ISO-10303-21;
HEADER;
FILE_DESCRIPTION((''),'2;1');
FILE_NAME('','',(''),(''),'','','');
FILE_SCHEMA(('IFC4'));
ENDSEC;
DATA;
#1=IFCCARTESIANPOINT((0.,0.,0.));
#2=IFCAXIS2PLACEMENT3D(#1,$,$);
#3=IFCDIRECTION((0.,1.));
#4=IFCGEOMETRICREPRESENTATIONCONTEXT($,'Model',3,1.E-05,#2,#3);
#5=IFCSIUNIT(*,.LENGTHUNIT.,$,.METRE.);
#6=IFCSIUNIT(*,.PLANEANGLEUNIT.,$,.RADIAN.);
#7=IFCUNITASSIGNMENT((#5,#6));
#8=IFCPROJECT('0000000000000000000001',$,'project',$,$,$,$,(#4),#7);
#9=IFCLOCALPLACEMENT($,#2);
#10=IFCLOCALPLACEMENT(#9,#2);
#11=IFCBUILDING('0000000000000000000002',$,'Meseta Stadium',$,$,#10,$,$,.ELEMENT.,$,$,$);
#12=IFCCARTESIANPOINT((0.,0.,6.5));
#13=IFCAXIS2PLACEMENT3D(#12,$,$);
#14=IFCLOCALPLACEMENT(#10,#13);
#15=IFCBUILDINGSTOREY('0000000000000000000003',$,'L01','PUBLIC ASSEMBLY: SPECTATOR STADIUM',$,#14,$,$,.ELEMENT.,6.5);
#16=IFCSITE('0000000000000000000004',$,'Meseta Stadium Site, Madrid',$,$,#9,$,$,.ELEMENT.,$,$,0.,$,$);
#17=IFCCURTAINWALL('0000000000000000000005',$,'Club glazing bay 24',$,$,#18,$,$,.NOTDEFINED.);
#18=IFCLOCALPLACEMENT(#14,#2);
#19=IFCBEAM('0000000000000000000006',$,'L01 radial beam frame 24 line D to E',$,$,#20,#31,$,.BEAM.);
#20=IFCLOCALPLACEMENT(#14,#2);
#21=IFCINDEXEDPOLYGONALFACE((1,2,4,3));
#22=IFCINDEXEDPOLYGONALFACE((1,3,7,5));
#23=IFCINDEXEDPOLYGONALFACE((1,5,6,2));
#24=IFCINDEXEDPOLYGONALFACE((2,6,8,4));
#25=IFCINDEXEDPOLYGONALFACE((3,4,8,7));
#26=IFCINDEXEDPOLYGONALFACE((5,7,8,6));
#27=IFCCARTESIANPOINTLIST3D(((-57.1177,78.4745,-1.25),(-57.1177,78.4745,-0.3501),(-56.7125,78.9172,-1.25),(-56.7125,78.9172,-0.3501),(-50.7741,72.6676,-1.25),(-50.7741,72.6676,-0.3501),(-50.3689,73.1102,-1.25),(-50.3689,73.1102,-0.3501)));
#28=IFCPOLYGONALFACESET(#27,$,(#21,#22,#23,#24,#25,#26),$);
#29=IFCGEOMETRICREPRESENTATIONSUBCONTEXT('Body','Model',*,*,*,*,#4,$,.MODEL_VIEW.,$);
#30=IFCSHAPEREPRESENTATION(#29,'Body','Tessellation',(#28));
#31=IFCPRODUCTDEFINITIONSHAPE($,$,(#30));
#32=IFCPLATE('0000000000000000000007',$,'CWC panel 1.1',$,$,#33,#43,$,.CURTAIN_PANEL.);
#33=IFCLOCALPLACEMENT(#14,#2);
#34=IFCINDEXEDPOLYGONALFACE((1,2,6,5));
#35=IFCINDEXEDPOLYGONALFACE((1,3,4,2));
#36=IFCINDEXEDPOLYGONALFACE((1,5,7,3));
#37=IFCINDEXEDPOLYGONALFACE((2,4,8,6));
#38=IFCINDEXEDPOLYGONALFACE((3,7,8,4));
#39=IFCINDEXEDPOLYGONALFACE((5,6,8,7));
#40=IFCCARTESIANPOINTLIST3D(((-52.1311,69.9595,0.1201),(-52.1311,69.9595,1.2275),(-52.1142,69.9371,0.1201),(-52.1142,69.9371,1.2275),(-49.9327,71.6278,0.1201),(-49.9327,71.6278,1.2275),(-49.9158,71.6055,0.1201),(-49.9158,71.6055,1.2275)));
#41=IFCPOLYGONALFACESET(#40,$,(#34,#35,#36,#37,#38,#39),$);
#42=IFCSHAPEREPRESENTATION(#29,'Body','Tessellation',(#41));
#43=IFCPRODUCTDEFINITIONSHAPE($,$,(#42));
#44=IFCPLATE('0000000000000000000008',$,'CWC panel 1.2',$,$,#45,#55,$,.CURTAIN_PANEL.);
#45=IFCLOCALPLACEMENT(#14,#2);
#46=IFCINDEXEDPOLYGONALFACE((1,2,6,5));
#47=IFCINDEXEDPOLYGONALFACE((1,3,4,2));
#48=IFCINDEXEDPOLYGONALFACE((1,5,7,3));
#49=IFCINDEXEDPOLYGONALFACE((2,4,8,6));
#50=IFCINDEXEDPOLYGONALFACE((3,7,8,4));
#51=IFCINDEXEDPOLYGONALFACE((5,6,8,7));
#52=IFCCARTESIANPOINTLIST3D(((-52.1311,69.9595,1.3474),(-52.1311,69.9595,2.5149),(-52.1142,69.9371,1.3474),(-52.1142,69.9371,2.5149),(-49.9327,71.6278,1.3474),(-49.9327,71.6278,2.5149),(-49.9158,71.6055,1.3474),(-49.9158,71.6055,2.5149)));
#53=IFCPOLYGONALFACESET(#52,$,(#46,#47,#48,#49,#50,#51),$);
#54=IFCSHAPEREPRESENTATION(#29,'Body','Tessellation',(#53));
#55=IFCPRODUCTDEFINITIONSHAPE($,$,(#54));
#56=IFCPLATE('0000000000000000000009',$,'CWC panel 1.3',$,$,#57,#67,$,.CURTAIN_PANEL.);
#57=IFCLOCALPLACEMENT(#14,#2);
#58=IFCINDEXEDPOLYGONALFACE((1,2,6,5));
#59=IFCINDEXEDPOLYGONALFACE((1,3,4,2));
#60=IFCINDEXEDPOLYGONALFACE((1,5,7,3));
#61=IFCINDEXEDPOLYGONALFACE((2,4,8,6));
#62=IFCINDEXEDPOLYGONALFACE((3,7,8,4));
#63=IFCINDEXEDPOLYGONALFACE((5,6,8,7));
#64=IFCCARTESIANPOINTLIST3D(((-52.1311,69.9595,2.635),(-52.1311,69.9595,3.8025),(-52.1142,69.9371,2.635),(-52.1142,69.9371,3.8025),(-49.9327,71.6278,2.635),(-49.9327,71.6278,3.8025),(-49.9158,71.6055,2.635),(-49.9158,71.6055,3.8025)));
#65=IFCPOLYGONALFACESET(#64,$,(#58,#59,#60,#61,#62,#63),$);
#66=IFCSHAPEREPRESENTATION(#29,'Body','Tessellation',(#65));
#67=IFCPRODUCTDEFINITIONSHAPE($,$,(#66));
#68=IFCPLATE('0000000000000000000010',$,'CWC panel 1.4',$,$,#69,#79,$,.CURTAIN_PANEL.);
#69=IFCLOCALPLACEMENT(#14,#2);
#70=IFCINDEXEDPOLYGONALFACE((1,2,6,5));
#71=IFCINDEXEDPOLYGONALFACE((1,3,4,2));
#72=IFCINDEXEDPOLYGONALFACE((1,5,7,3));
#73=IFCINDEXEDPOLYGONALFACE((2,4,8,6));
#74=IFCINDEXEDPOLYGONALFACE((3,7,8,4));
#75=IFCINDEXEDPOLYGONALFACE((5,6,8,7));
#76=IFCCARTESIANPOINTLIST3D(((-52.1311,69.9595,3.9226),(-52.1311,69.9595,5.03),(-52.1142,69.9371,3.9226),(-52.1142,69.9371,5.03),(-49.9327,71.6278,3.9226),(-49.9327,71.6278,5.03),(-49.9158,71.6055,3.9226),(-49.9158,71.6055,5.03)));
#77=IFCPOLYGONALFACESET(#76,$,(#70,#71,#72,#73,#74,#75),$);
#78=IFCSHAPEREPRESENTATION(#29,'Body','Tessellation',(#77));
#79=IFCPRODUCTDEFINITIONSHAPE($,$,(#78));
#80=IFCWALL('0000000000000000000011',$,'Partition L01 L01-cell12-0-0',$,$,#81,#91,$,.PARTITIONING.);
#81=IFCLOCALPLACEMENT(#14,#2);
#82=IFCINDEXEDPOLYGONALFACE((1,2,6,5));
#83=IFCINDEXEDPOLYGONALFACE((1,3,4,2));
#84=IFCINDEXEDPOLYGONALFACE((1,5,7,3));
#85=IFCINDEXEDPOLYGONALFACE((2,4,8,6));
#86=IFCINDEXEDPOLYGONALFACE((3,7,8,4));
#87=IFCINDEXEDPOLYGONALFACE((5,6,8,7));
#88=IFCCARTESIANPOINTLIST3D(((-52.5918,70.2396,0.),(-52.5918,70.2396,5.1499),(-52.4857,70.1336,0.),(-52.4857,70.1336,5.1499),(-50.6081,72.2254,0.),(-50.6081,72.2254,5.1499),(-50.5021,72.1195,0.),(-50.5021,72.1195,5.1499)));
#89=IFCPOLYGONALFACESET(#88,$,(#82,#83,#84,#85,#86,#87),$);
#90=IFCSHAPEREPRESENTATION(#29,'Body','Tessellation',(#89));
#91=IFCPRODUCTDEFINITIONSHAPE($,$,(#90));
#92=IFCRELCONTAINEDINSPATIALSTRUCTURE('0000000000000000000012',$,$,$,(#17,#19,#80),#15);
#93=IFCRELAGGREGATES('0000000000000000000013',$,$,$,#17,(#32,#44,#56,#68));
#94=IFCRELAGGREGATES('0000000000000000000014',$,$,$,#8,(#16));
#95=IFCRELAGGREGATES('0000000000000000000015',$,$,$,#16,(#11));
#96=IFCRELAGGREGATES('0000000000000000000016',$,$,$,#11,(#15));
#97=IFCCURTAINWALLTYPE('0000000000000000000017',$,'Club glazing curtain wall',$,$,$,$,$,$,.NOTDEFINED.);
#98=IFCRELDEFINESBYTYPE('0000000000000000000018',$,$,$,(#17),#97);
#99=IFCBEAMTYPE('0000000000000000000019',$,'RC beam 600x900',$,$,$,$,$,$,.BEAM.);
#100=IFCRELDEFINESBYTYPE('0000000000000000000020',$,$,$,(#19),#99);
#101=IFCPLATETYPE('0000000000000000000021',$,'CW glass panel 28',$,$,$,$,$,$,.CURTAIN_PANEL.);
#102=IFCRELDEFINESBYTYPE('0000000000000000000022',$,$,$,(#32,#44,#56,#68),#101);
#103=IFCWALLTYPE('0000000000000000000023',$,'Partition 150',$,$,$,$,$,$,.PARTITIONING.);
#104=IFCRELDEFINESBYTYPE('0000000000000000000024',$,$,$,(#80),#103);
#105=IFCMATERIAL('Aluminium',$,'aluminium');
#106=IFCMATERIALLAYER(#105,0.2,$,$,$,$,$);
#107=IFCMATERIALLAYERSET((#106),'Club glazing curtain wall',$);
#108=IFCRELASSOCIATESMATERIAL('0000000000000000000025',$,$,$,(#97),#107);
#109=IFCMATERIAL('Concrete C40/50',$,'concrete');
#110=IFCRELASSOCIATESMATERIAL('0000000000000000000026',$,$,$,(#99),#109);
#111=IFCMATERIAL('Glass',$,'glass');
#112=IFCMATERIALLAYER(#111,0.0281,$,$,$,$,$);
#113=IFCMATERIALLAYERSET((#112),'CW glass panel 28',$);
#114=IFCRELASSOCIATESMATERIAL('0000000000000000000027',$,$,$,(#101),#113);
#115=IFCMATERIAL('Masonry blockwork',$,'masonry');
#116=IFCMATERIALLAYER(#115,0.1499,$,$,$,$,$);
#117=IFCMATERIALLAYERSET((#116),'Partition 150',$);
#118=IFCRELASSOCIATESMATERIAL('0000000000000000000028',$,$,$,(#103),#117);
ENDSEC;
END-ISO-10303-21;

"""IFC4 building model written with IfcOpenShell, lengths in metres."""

from ifc_helpers import new_model, si_unit, direction, frame, frame_2d, origin, origin_2d, place, context, subcontext, project, spatial, rectangle, extrude, material, layer, layer_set, material_profile, profile_set, type_object, element, aggregate, save


model = new_model("IFC4")

# Units and contexts
model_context = context("Model", 3, precision=1e-05, world=origin(), true_north=direction((0.0, 1.0)))
body_context = subcontext(model_context, "Body", "Model", "MODEL_VIEW")
ifc_project = project(units=[si_unit("LENGTHUNIT", "METRE"), si_unit("PLANEANGLEUNIT", "RADIAN")], contexts=[model_context])

# Site, building, storey
site_placement = place(None, origin())
site = spatial("IfcSite", under=ifc_project, at=site_placement, Name="Meseta Stadium Site, Madrid", CompositionType="ELEMENT", RefElevation=0.0)
building_placement = place(site_placement, origin())
building = spatial("IfcBuilding", under=site, at=building_placement, Name="Meseta Stadium", CompositionType="ELEMENT")
storey_placement = place(building_placement, frame((0.0, 0.0, 6.5)))
storey = spatial("IfcBuildingStorey", under=building, at=storey_placement, Name="L01", Description="PUBLIC ASSEMBLY: SPECTATOR STADIUM", CompositionType="ELEMENT", Elevation=6.5)

# Curtain wall
ifc_material_1 = material(Name="Aluminium", Category="aluminium")
ifc_layer_1 = layer(ifc_material_1, 0.2)
ifc_layer_set_1 = layer_set([ifc_layer_1], Name="Club glazing curtain wall")
curtain_wall_type = type_object("IfcCurtainWallType", Name="Club glazing curtain wall", PredefinedType="NOTDEFINED", material=ifc_layer_set_1)
curtain_wall_placement = place(storey_placement, origin())
curtain_wall = element("IfcCurtainWall", 1, at=curtain_wall_placement, inside=storey, type_object=curtain_wall_type, Name="Club glazing bay 24", PredefinedType="NOTDEFINED")

# Beam
ifc_material_2 = material(Name="Concrete C40/50", Category="concrete")
ifc_material_profile_1 = material_profile(ifc_material_2, rectangle(XDim=0.6001, YDim=0.8999, at=origin_2d()), Name="RC 600x900")
ifc_profile_set_1 = profile_set([ifc_material_profile_1], Name="Concrete C40/50")
beam_type = type_object("IfcBeamType", Name="RC beam 600x900", PredefinedType="BEAM", material=ifc_profile_set_1)
beam_1_placement = place(storey_placement, frame((-50.5715, 72.8889, -0.8), z_axis=(-0.737617, 0.675219, 0.0), x_axis=(-0.675219, -0.737617, 0.0)))
element("IfcBeam", 2, at=beam_1_placement, inside=storey, type_object=beam_type, Name="L01 radial beam frame 24 line D to E", PredefinedType="BEAM", context=body_context, shape_type="SweptSolid", body=[
    extrude(rectangle(XDim=0.6001, YDim=0.8999, at=origin_2d()), origin(), (0.0, 0.0, 1.0), 8.6001),
])

# Plates
ifc_material_3 = material(Name="Glass", Category="glass")
ifc_layer_2 = layer(ifc_material_3, 0.0281)
ifc_layer_set_2 = layer_set([ifc_layer_2], Name="CW glass panel 28")
plate_type = type_object("IfcPlateType", Name="CW glass panel 28", PredefinedType="CURTAIN_PANEL", material=ifc_layer_set_2)
plate_1_placement = place(storey_placement, frame((-51.0234, 70.7825, 0.1201), z_axis=(0.0, 0.0, 1.0), x_axis=(-0.79659, -0.60452, 0.0)))
plate_1 = element("IfcPlate", 3, at=plate_1_placement, type_object=plate_type, Name="CWC panel 1.1", PredefinedType="CURTAIN_PANEL", context=body_context, shape_type="SweptSolid", body=[
    extrude(rectangle(XDim=2.7598, YDim=0.0281, at=origin_2d()), origin(), (0.0, 0.0, 1.0), 1.1074),
])
plate_2_placement = place(storey_placement, frame((-51.0234, 70.7825, 1.3474), z_axis=(0.0, 0.0, 1.0), x_axis=(-0.79659, -0.60452, 0.0)))
plate_2 = element("IfcPlate", 4, at=plate_2_placement, type_object=plate_type, Name="CWC panel 1.2", PredefinedType="CURTAIN_PANEL", context=body_context, shape_type="SweptSolid", body=[
    extrude(rectangle(XDim=2.7598, YDim=0.0281, at=origin_2d()), origin(), (0.0, 0.0, 1.0), 1.1675),
])
plate_3_placement = place(storey_placement, frame((-51.0234, 70.7825, 2.635), z_axis=(0.0, 0.0, 1.0), x_axis=(-0.79659, -0.60452, 0.0)))
plate_3 = element("IfcPlate", 5, at=plate_3_placement, type_object=plate_type, Name="CWC panel 1.3", PredefinedType="CURTAIN_PANEL", context=body_context, shape_type="SweptSolid", body=[
    extrude(rectangle(XDim=2.7598, YDim=0.0281, at=origin_2d()), origin(), (0.0, 0.0, 1.0), 1.1675),
])
plate_4_placement = place(storey_placement, frame((-51.0234, 70.7825, 3.9226), z_axis=(0.0, 0.0, 1.0), x_axis=(-0.79659, -0.60452, 0.0)))
plate_4 = element("IfcPlate", 6, at=plate_4_placement, type_object=plate_type, Name="CWC panel 1.4", PredefinedType="CURTAIN_PANEL", context=body_context, shape_type="SweptSolid", body=[
    extrude(rectangle(XDim=2.7598, YDim=0.0281, at=origin_2d()), origin(), (0.0, 0.0, 1.0), 1.1074),
])
aggregate(curtain_wall, [plate_1, plate_2, plate_3, plate_4])

# Wall
ifc_material_4 = material(Name="Masonry blockwork", Category="masonry")
ifc_layer_3 = layer(ifc_material_4, 0.1499)
ifc_layer_set_3 = layer_set([ifc_layer_3], Name="Partition 150")
wall_type = type_object("IfcWallType", Name="Partition 150", PredefinedType="PARTITIONING", material=ifc_layer_set_3)
wall_placement = place(storey_placement, frame((-50.5552, 72.1724, 0.0), z_axis=(0.0, 0.0, 1.0), x_axis=(-0.706715, -0.707498, 0.0)))
element("IfcWall", 7, at=wall_placement, inside=storey, type_object=wall_type, Name="Partition L01 L01-cell12-0-0", PredefinedType="PARTITIONING", context=body_context, shape_type="SweptSolid", body=[
    extrude(rectangle(XDim=2.8069, YDim=0.1499, at=frame_2d((1.4033, 0.0))), origin(), (0.0, 0.0, 1.0), 5.1499),
])

save(model, "model.ifc")
